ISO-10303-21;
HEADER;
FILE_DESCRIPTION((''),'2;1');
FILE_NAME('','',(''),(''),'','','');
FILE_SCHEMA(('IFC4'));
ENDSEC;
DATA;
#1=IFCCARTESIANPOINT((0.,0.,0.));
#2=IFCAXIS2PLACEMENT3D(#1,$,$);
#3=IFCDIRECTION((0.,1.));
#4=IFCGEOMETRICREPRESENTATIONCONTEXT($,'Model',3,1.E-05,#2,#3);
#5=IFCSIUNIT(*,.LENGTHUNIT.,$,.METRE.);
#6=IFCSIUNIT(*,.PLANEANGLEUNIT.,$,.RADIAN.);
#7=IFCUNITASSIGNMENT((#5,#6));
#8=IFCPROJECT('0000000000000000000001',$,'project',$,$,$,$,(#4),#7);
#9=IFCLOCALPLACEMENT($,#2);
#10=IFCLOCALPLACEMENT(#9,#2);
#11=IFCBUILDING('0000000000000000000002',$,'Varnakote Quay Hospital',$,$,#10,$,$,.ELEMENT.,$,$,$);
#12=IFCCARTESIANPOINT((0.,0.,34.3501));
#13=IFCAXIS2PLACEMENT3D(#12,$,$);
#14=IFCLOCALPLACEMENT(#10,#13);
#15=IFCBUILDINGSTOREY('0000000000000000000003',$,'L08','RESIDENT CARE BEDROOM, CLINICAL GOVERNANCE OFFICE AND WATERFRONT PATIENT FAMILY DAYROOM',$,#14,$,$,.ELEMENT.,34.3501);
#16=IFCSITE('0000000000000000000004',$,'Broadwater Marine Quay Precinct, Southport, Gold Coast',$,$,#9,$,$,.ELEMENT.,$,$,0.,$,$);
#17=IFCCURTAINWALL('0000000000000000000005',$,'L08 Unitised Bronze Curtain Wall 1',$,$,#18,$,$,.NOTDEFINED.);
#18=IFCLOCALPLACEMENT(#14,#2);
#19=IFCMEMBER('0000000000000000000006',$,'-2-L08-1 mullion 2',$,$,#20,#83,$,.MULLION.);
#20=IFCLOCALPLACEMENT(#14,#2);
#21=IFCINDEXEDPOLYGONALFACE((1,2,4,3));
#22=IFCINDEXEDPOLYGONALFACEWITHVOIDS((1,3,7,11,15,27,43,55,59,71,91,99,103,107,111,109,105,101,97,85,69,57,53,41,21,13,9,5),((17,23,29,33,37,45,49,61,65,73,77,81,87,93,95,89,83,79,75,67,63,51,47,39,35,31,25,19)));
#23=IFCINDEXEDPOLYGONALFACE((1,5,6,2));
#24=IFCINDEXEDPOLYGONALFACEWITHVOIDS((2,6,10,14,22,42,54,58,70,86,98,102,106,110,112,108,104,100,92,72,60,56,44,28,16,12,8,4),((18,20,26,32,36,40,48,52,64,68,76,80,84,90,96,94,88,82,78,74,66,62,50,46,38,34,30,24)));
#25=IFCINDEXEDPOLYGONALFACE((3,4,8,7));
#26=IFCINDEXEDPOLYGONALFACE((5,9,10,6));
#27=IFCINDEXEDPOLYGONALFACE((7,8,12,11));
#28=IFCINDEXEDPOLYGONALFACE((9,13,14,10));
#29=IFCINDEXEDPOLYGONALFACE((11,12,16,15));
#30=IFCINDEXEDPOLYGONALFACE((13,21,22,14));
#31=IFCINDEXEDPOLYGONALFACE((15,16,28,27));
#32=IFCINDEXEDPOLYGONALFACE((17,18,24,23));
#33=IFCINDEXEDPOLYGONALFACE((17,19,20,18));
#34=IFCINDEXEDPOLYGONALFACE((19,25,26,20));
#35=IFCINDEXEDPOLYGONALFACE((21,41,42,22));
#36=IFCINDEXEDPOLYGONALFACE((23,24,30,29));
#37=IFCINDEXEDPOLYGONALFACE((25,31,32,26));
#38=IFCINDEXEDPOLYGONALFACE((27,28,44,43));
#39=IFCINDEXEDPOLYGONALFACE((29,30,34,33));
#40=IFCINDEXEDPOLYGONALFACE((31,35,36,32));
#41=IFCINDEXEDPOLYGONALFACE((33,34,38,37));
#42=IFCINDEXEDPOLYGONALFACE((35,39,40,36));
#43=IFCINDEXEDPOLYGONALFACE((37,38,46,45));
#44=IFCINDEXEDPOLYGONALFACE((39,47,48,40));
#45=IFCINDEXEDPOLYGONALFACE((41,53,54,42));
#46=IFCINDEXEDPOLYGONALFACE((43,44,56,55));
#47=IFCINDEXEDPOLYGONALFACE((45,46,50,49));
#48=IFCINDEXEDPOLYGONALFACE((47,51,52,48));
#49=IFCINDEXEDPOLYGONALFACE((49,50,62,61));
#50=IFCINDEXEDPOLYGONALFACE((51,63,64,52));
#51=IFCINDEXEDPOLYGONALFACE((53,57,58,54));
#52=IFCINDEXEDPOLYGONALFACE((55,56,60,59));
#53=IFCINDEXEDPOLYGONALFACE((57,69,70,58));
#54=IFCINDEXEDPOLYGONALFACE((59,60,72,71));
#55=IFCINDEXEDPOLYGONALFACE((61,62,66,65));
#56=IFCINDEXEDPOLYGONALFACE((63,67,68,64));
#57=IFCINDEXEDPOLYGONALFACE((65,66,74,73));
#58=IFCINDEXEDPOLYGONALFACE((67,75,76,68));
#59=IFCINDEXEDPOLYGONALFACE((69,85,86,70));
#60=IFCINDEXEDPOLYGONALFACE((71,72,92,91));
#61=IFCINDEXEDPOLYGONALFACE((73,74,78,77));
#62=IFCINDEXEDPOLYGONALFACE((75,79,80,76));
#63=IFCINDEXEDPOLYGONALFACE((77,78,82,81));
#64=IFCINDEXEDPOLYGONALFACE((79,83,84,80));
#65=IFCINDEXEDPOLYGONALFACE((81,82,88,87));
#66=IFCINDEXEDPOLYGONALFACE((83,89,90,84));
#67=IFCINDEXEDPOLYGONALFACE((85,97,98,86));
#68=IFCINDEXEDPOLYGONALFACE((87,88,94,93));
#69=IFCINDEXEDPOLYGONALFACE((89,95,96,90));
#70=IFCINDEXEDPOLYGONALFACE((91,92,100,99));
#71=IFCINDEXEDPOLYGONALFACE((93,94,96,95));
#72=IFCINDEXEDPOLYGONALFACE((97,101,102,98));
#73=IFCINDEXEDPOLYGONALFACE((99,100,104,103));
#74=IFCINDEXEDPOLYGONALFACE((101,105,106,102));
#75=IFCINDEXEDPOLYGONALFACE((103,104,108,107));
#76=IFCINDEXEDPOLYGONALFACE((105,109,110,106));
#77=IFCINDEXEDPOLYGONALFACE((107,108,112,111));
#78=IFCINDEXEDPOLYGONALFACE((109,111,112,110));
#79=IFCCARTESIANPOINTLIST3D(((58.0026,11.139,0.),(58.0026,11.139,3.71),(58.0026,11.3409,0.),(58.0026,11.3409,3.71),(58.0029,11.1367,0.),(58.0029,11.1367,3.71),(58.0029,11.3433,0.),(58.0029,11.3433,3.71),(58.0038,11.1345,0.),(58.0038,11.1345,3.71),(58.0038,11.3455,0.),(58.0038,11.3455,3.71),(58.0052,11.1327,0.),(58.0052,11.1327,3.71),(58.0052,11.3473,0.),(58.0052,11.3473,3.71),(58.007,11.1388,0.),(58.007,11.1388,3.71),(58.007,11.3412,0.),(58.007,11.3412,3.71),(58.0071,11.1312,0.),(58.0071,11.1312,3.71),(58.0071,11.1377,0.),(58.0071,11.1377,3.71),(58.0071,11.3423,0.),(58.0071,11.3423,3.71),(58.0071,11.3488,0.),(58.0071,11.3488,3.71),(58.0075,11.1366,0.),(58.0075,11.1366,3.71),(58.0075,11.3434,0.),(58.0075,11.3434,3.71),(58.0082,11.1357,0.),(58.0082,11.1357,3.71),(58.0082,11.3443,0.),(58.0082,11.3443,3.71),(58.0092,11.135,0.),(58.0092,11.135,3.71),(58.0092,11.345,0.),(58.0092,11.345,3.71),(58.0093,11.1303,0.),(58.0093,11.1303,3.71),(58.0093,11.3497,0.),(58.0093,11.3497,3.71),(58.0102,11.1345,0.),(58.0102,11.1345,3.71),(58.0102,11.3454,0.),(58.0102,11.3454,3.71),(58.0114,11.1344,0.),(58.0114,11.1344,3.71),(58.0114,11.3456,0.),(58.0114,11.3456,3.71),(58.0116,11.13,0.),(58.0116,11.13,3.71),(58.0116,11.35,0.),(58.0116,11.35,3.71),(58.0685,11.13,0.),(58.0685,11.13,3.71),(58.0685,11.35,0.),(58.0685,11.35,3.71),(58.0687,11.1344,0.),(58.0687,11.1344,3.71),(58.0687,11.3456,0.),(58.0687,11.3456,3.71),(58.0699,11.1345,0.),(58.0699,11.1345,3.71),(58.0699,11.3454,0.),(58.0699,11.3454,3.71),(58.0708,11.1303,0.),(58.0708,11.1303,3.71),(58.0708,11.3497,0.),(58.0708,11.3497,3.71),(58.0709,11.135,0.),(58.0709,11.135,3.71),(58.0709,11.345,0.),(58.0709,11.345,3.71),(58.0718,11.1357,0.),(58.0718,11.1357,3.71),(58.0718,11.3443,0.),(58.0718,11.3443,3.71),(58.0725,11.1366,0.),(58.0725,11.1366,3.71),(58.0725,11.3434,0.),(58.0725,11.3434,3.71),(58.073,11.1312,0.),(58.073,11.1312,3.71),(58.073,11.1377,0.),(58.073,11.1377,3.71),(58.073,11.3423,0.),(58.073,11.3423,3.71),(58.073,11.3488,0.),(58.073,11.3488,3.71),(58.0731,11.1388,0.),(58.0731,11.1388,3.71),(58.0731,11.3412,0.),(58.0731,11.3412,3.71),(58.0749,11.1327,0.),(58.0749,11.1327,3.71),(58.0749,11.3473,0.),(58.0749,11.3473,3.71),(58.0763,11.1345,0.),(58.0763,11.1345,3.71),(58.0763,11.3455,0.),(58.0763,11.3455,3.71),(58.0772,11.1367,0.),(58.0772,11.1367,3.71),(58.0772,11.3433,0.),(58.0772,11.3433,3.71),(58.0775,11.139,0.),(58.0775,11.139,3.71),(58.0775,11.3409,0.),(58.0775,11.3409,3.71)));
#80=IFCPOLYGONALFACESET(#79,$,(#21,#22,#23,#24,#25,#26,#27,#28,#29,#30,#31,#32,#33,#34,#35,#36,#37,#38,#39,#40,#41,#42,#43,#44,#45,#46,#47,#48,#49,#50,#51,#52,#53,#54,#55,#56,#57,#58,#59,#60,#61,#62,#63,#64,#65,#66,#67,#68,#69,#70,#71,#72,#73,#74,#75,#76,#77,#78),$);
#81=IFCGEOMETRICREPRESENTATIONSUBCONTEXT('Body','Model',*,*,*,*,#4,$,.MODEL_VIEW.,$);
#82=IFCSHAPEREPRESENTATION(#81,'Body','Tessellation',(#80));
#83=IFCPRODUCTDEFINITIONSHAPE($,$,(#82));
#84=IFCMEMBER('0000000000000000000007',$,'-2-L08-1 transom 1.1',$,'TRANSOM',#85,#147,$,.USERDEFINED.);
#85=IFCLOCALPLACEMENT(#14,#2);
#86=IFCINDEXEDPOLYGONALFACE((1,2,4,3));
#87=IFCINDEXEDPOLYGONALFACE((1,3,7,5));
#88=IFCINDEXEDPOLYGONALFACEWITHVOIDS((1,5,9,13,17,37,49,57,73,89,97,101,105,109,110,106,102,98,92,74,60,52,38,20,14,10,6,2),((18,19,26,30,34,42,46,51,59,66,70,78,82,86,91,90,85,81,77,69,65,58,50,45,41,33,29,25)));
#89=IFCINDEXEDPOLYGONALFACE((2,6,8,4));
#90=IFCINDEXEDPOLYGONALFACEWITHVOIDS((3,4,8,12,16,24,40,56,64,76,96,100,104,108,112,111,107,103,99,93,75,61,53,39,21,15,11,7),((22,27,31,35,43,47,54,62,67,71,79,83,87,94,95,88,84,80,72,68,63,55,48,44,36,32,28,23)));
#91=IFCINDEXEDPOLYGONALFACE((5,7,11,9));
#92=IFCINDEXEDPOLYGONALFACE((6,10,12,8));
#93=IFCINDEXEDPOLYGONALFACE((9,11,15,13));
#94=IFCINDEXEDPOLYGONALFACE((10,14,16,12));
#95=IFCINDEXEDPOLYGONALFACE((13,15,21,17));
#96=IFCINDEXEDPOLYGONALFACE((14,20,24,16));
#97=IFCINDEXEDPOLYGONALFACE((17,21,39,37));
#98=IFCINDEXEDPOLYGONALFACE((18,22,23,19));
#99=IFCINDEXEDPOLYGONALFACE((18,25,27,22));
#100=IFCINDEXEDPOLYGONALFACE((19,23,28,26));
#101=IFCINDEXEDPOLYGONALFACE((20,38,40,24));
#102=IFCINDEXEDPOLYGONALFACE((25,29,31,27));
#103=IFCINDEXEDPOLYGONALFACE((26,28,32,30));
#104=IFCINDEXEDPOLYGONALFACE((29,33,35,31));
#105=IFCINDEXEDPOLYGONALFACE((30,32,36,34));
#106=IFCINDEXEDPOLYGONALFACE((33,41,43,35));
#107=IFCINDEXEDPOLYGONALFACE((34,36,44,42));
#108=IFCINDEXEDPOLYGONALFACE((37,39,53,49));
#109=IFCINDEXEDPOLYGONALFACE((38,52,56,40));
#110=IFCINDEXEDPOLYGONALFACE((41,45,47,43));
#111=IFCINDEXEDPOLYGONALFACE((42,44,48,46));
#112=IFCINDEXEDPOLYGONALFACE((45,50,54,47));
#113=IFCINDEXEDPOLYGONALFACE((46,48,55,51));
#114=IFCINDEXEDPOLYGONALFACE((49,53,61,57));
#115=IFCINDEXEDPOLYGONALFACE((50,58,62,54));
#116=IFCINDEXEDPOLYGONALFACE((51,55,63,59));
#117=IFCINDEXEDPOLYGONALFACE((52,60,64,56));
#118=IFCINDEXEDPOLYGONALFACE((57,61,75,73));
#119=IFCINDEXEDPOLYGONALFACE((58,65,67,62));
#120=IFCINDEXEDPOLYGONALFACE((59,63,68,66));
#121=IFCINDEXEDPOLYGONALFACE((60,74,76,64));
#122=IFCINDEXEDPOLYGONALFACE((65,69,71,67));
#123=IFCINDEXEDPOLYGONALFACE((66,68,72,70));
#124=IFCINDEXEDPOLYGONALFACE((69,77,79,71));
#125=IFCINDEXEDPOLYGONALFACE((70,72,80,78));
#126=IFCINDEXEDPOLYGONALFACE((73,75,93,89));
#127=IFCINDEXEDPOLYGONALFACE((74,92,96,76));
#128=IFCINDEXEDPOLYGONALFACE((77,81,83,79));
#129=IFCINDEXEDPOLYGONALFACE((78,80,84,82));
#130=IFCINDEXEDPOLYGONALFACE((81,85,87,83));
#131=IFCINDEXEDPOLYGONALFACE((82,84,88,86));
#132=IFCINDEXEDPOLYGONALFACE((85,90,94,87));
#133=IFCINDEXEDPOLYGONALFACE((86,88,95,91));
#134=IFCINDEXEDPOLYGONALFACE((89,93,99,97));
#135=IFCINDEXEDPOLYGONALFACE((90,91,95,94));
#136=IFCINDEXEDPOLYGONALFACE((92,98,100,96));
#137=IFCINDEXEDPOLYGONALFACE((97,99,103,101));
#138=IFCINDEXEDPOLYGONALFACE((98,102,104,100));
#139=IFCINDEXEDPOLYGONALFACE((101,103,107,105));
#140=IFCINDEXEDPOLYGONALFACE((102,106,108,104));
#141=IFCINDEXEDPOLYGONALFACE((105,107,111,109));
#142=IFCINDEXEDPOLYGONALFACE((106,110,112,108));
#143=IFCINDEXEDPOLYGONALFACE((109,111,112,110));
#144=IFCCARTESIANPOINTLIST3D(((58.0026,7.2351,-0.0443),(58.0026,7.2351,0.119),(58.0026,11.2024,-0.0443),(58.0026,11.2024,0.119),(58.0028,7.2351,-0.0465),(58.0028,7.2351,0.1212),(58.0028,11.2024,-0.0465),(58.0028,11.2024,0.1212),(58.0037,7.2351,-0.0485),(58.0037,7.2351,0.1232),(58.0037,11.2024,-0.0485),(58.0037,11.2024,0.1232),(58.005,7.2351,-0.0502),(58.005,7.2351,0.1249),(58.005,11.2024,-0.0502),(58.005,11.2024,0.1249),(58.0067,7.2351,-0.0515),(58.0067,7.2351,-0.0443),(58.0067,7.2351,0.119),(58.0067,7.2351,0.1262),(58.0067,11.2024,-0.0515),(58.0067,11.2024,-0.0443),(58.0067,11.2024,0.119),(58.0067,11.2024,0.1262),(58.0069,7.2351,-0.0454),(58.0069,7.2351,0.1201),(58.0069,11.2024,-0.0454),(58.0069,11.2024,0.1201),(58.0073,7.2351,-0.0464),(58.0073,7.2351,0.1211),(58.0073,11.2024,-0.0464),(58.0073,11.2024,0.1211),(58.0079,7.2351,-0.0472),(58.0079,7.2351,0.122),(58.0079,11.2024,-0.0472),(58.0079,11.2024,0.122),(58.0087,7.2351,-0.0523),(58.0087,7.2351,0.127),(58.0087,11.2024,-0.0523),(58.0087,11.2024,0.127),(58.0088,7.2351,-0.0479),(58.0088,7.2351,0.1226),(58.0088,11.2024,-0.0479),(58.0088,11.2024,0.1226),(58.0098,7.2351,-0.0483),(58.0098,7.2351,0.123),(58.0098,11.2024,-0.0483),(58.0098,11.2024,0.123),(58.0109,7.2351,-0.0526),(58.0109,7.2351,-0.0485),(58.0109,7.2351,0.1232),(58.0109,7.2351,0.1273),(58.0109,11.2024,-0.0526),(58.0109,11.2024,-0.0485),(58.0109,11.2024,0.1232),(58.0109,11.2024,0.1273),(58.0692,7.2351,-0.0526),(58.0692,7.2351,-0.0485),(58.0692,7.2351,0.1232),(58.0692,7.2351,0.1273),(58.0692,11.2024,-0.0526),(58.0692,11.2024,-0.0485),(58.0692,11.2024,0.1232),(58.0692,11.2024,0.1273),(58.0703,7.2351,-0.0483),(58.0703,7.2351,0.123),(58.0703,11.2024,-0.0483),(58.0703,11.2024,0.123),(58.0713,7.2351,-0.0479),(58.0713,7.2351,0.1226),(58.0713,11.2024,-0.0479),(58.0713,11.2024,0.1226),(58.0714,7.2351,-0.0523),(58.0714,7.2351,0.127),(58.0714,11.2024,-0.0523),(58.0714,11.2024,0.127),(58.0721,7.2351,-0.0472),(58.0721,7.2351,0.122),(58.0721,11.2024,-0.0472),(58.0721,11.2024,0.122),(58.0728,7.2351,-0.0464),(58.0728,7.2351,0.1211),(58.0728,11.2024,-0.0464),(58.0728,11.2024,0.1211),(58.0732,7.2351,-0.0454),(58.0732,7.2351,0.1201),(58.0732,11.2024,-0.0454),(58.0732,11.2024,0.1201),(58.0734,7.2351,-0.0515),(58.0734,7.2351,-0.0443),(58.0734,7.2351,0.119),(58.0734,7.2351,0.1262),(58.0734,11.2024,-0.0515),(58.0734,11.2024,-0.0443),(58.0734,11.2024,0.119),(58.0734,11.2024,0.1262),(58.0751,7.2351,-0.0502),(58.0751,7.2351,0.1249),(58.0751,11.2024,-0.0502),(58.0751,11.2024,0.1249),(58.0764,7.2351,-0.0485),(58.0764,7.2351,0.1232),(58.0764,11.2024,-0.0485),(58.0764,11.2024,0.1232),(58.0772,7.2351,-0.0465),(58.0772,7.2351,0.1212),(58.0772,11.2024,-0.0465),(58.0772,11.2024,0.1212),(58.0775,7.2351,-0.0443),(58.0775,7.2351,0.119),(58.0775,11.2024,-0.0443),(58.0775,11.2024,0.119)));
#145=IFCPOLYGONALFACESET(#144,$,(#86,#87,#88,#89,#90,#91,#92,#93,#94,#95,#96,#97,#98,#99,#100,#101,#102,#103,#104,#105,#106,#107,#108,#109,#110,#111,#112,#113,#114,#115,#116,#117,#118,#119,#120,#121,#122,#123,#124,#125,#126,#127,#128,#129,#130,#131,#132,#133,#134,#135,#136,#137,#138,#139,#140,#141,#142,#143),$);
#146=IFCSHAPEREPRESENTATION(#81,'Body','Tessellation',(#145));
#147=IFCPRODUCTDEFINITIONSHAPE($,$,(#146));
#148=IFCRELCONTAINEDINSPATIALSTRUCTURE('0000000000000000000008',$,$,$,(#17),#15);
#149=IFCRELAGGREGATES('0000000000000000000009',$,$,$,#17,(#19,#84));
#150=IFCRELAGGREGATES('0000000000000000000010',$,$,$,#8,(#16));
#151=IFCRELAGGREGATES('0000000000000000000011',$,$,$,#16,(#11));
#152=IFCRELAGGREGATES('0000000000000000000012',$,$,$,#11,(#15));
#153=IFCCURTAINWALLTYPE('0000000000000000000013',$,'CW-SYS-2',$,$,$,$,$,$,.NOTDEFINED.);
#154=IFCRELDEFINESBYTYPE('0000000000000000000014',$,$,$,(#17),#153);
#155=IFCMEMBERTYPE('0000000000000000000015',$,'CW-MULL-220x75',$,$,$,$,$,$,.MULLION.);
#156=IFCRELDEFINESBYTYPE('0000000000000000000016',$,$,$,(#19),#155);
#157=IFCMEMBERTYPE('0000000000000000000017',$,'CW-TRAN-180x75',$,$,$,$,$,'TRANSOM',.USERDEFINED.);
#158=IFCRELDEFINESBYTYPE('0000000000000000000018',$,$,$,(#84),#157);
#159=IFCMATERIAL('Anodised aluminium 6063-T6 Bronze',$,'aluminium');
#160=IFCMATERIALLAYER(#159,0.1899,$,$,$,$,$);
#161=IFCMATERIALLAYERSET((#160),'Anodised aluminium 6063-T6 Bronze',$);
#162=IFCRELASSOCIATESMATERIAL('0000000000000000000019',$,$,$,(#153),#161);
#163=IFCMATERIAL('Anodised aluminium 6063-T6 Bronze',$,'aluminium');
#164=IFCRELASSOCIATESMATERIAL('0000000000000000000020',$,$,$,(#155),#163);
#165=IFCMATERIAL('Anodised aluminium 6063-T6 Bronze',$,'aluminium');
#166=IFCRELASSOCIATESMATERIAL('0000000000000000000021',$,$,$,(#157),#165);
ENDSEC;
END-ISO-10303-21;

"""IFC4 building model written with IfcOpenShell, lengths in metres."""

from ifc_helpers import new_model, si_unit, direction, frame, origin, origin_2d, place, context, subcontext, project, spatial, hollow_rectangle, extrude, material, layer, layer_set, material_profile, profile_set, type_object, element, aggregate, save


model = new_model("IFC4")

# Units and contexts
model_context = context("Model", 3, precision=1e-05, world=origin(), true_north=direction((0.0, 1.0)))
body_context = subcontext(model_context, "Body", "Model", "MODEL_VIEW")
ifc_project = project(units=[si_unit("LENGTHUNIT", "METRE"), si_unit("PLANEANGLEUNIT", "RADIAN")], contexts=[model_context])

# Site, building, storey
site_placement = place(None, origin())
site = spatial("IfcSite", under=ifc_project, at=site_placement, Name="Broadwater Marine Quay Precinct, Southport, Gold Coast", CompositionType="ELEMENT", RefElevation=0.0)
building_placement = place(site_placement, origin())
building = spatial("IfcBuilding", under=site, at=building_placement, Name="Varnakote Quay Hospital", CompositionType="ELEMENT")
storey_placement = place(building_placement, frame((0.0, 0.0, 34.3501)))
storey = spatial("IfcBuildingStorey", under=building, at=storey_placement, Name="L08", Description="RESIDENT CARE BEDROOM, CLINICAL GOVERNANCE OFFICE AND WATERFRONT PATIENT FAMILY DAYROOM", CompositionType="ELEMENT", Elevation=34.3501)

# Curtain wall, members
ifc_material_1 = material(Name="Anodised aluminium 6063-T6 Bronze", Category="aluminium")
ifc_layer_1 = layer(ifc_material_1, 0.1899)
ifc_layer_set_1 = layer_set([ifc_layer_1], Name="Anodised aluminium 6063-T6 Bronze")
curtain_wall_type = type_object("IfcCurtainWallType", Name="CW-SYS-2", PredefinedType="NOTDEFINED", material=ifc_layer_set_1)
curtain_wall_placement = place(storey_placement, origin())
curtain_wall = element("IfcCurtainWall", 1, at=curtain_wall_placement, inside=storey, type_object=curtain_wall_type, Name="L08 Unitised Bronze Curtain Wall 1", PredefinedType="NOTDEFINED")
ifc_material_2 = material(Name="Anodised aluminium 6063-T6 Bronze", Category="aluminium")
ifc_material_profile_1 = material_profile(ifc_material_2, hollow_rectangle(XDim=0.075, YDim=0.22, WallThickness=0.0044, InnerFilletRadius=0.0044, OuterFilletRadius=0.009, at=origin_2d()), Name="CW-MULL-220x75")
ifc_profile_set_1 = profile_set([ifc_material_profile_1], Name="Anodised aluminium 6063-T6 Bronze")
member_type_1 = type_object("IfcMemberType", Name="CW-MULL-220x75", PredefinedType="MULLION", material=ifc_profile_set_1)
member_1_placement = place(storey_placement, frame((58.04, 11.24, 0.0), z_axis=(0.0, 0.0, 1.0), x_axis=(-1.0, 0.0, 0.0)))
member_1 = element("IfcMember", 2, at=member_1_placement, type_object=member_type_1, Name="-2-L08-1 mullion 2", PredefinedType="MULLION", context=body_context, shape_type="SweptSolid", body=[
    extrude(hollow_rectangle(XDim=0.075, YDim=0.22, WallThickness=0.0044, InnerFilletRadius=0.0044, OuterFilletRadius=0.009, at=origin_2d()), origin(), (0.0, 0.0, 1.0), 3.71),
])
ifc_material_3 = material(Name="Anodised aluminium 6063-T6 Bronze", Category="aluminium")
ifc_material_profile_2 = material_profile(ifc_material_3, hollow_rectangle(XDim=0.075, YDim=0.1799, WallThickness=0.0042, InnerFilletRadius=0.0042, OuterFilletRadius=0.0083, at=origin_2d()), Name="CW-TRAN-180x75")
ifc_profile_set_2 = profile_set([ifc_material_profile_2], Name="Anodised aluminium 6063-T6 Bronze")
member_type_2 = type_object("IfcMemberType", Name="CW-TRAN-180x75", ElementType="TRANSOM", PredefinedType="USERDEFINED", material=ifc_profile_set_2)
member_2_placement = place(storey_placement, frame((58.04, 7.2351, 0.0374), z_axis=(0.0, 1.0, 0.0), x_axis=(-1.0, 0.0, 0.0)))
member_2 = element("IfcMember", 3, at=member_2_placement, type_object=member_type_2, Name="-2-L08-1 transom 1.1", ObjectType="TRANSOM", PredefinedType="USERDEFINED", context=body_context, shape_type="SweptSolid", body=[
    extrude(hollow_rectangle(XDim=0.075, YDim=0.1799, WallThickness=0.0042, InnerFilletRadius=0.0042, OuterFilletRadius=0.0083, at=origin_2d()), origin(), (0.0, 0.0, 1.0), 3.9673),
])
aggregate(curtain_wall, [member_1, member_2])

save(model, "model.ifc")
